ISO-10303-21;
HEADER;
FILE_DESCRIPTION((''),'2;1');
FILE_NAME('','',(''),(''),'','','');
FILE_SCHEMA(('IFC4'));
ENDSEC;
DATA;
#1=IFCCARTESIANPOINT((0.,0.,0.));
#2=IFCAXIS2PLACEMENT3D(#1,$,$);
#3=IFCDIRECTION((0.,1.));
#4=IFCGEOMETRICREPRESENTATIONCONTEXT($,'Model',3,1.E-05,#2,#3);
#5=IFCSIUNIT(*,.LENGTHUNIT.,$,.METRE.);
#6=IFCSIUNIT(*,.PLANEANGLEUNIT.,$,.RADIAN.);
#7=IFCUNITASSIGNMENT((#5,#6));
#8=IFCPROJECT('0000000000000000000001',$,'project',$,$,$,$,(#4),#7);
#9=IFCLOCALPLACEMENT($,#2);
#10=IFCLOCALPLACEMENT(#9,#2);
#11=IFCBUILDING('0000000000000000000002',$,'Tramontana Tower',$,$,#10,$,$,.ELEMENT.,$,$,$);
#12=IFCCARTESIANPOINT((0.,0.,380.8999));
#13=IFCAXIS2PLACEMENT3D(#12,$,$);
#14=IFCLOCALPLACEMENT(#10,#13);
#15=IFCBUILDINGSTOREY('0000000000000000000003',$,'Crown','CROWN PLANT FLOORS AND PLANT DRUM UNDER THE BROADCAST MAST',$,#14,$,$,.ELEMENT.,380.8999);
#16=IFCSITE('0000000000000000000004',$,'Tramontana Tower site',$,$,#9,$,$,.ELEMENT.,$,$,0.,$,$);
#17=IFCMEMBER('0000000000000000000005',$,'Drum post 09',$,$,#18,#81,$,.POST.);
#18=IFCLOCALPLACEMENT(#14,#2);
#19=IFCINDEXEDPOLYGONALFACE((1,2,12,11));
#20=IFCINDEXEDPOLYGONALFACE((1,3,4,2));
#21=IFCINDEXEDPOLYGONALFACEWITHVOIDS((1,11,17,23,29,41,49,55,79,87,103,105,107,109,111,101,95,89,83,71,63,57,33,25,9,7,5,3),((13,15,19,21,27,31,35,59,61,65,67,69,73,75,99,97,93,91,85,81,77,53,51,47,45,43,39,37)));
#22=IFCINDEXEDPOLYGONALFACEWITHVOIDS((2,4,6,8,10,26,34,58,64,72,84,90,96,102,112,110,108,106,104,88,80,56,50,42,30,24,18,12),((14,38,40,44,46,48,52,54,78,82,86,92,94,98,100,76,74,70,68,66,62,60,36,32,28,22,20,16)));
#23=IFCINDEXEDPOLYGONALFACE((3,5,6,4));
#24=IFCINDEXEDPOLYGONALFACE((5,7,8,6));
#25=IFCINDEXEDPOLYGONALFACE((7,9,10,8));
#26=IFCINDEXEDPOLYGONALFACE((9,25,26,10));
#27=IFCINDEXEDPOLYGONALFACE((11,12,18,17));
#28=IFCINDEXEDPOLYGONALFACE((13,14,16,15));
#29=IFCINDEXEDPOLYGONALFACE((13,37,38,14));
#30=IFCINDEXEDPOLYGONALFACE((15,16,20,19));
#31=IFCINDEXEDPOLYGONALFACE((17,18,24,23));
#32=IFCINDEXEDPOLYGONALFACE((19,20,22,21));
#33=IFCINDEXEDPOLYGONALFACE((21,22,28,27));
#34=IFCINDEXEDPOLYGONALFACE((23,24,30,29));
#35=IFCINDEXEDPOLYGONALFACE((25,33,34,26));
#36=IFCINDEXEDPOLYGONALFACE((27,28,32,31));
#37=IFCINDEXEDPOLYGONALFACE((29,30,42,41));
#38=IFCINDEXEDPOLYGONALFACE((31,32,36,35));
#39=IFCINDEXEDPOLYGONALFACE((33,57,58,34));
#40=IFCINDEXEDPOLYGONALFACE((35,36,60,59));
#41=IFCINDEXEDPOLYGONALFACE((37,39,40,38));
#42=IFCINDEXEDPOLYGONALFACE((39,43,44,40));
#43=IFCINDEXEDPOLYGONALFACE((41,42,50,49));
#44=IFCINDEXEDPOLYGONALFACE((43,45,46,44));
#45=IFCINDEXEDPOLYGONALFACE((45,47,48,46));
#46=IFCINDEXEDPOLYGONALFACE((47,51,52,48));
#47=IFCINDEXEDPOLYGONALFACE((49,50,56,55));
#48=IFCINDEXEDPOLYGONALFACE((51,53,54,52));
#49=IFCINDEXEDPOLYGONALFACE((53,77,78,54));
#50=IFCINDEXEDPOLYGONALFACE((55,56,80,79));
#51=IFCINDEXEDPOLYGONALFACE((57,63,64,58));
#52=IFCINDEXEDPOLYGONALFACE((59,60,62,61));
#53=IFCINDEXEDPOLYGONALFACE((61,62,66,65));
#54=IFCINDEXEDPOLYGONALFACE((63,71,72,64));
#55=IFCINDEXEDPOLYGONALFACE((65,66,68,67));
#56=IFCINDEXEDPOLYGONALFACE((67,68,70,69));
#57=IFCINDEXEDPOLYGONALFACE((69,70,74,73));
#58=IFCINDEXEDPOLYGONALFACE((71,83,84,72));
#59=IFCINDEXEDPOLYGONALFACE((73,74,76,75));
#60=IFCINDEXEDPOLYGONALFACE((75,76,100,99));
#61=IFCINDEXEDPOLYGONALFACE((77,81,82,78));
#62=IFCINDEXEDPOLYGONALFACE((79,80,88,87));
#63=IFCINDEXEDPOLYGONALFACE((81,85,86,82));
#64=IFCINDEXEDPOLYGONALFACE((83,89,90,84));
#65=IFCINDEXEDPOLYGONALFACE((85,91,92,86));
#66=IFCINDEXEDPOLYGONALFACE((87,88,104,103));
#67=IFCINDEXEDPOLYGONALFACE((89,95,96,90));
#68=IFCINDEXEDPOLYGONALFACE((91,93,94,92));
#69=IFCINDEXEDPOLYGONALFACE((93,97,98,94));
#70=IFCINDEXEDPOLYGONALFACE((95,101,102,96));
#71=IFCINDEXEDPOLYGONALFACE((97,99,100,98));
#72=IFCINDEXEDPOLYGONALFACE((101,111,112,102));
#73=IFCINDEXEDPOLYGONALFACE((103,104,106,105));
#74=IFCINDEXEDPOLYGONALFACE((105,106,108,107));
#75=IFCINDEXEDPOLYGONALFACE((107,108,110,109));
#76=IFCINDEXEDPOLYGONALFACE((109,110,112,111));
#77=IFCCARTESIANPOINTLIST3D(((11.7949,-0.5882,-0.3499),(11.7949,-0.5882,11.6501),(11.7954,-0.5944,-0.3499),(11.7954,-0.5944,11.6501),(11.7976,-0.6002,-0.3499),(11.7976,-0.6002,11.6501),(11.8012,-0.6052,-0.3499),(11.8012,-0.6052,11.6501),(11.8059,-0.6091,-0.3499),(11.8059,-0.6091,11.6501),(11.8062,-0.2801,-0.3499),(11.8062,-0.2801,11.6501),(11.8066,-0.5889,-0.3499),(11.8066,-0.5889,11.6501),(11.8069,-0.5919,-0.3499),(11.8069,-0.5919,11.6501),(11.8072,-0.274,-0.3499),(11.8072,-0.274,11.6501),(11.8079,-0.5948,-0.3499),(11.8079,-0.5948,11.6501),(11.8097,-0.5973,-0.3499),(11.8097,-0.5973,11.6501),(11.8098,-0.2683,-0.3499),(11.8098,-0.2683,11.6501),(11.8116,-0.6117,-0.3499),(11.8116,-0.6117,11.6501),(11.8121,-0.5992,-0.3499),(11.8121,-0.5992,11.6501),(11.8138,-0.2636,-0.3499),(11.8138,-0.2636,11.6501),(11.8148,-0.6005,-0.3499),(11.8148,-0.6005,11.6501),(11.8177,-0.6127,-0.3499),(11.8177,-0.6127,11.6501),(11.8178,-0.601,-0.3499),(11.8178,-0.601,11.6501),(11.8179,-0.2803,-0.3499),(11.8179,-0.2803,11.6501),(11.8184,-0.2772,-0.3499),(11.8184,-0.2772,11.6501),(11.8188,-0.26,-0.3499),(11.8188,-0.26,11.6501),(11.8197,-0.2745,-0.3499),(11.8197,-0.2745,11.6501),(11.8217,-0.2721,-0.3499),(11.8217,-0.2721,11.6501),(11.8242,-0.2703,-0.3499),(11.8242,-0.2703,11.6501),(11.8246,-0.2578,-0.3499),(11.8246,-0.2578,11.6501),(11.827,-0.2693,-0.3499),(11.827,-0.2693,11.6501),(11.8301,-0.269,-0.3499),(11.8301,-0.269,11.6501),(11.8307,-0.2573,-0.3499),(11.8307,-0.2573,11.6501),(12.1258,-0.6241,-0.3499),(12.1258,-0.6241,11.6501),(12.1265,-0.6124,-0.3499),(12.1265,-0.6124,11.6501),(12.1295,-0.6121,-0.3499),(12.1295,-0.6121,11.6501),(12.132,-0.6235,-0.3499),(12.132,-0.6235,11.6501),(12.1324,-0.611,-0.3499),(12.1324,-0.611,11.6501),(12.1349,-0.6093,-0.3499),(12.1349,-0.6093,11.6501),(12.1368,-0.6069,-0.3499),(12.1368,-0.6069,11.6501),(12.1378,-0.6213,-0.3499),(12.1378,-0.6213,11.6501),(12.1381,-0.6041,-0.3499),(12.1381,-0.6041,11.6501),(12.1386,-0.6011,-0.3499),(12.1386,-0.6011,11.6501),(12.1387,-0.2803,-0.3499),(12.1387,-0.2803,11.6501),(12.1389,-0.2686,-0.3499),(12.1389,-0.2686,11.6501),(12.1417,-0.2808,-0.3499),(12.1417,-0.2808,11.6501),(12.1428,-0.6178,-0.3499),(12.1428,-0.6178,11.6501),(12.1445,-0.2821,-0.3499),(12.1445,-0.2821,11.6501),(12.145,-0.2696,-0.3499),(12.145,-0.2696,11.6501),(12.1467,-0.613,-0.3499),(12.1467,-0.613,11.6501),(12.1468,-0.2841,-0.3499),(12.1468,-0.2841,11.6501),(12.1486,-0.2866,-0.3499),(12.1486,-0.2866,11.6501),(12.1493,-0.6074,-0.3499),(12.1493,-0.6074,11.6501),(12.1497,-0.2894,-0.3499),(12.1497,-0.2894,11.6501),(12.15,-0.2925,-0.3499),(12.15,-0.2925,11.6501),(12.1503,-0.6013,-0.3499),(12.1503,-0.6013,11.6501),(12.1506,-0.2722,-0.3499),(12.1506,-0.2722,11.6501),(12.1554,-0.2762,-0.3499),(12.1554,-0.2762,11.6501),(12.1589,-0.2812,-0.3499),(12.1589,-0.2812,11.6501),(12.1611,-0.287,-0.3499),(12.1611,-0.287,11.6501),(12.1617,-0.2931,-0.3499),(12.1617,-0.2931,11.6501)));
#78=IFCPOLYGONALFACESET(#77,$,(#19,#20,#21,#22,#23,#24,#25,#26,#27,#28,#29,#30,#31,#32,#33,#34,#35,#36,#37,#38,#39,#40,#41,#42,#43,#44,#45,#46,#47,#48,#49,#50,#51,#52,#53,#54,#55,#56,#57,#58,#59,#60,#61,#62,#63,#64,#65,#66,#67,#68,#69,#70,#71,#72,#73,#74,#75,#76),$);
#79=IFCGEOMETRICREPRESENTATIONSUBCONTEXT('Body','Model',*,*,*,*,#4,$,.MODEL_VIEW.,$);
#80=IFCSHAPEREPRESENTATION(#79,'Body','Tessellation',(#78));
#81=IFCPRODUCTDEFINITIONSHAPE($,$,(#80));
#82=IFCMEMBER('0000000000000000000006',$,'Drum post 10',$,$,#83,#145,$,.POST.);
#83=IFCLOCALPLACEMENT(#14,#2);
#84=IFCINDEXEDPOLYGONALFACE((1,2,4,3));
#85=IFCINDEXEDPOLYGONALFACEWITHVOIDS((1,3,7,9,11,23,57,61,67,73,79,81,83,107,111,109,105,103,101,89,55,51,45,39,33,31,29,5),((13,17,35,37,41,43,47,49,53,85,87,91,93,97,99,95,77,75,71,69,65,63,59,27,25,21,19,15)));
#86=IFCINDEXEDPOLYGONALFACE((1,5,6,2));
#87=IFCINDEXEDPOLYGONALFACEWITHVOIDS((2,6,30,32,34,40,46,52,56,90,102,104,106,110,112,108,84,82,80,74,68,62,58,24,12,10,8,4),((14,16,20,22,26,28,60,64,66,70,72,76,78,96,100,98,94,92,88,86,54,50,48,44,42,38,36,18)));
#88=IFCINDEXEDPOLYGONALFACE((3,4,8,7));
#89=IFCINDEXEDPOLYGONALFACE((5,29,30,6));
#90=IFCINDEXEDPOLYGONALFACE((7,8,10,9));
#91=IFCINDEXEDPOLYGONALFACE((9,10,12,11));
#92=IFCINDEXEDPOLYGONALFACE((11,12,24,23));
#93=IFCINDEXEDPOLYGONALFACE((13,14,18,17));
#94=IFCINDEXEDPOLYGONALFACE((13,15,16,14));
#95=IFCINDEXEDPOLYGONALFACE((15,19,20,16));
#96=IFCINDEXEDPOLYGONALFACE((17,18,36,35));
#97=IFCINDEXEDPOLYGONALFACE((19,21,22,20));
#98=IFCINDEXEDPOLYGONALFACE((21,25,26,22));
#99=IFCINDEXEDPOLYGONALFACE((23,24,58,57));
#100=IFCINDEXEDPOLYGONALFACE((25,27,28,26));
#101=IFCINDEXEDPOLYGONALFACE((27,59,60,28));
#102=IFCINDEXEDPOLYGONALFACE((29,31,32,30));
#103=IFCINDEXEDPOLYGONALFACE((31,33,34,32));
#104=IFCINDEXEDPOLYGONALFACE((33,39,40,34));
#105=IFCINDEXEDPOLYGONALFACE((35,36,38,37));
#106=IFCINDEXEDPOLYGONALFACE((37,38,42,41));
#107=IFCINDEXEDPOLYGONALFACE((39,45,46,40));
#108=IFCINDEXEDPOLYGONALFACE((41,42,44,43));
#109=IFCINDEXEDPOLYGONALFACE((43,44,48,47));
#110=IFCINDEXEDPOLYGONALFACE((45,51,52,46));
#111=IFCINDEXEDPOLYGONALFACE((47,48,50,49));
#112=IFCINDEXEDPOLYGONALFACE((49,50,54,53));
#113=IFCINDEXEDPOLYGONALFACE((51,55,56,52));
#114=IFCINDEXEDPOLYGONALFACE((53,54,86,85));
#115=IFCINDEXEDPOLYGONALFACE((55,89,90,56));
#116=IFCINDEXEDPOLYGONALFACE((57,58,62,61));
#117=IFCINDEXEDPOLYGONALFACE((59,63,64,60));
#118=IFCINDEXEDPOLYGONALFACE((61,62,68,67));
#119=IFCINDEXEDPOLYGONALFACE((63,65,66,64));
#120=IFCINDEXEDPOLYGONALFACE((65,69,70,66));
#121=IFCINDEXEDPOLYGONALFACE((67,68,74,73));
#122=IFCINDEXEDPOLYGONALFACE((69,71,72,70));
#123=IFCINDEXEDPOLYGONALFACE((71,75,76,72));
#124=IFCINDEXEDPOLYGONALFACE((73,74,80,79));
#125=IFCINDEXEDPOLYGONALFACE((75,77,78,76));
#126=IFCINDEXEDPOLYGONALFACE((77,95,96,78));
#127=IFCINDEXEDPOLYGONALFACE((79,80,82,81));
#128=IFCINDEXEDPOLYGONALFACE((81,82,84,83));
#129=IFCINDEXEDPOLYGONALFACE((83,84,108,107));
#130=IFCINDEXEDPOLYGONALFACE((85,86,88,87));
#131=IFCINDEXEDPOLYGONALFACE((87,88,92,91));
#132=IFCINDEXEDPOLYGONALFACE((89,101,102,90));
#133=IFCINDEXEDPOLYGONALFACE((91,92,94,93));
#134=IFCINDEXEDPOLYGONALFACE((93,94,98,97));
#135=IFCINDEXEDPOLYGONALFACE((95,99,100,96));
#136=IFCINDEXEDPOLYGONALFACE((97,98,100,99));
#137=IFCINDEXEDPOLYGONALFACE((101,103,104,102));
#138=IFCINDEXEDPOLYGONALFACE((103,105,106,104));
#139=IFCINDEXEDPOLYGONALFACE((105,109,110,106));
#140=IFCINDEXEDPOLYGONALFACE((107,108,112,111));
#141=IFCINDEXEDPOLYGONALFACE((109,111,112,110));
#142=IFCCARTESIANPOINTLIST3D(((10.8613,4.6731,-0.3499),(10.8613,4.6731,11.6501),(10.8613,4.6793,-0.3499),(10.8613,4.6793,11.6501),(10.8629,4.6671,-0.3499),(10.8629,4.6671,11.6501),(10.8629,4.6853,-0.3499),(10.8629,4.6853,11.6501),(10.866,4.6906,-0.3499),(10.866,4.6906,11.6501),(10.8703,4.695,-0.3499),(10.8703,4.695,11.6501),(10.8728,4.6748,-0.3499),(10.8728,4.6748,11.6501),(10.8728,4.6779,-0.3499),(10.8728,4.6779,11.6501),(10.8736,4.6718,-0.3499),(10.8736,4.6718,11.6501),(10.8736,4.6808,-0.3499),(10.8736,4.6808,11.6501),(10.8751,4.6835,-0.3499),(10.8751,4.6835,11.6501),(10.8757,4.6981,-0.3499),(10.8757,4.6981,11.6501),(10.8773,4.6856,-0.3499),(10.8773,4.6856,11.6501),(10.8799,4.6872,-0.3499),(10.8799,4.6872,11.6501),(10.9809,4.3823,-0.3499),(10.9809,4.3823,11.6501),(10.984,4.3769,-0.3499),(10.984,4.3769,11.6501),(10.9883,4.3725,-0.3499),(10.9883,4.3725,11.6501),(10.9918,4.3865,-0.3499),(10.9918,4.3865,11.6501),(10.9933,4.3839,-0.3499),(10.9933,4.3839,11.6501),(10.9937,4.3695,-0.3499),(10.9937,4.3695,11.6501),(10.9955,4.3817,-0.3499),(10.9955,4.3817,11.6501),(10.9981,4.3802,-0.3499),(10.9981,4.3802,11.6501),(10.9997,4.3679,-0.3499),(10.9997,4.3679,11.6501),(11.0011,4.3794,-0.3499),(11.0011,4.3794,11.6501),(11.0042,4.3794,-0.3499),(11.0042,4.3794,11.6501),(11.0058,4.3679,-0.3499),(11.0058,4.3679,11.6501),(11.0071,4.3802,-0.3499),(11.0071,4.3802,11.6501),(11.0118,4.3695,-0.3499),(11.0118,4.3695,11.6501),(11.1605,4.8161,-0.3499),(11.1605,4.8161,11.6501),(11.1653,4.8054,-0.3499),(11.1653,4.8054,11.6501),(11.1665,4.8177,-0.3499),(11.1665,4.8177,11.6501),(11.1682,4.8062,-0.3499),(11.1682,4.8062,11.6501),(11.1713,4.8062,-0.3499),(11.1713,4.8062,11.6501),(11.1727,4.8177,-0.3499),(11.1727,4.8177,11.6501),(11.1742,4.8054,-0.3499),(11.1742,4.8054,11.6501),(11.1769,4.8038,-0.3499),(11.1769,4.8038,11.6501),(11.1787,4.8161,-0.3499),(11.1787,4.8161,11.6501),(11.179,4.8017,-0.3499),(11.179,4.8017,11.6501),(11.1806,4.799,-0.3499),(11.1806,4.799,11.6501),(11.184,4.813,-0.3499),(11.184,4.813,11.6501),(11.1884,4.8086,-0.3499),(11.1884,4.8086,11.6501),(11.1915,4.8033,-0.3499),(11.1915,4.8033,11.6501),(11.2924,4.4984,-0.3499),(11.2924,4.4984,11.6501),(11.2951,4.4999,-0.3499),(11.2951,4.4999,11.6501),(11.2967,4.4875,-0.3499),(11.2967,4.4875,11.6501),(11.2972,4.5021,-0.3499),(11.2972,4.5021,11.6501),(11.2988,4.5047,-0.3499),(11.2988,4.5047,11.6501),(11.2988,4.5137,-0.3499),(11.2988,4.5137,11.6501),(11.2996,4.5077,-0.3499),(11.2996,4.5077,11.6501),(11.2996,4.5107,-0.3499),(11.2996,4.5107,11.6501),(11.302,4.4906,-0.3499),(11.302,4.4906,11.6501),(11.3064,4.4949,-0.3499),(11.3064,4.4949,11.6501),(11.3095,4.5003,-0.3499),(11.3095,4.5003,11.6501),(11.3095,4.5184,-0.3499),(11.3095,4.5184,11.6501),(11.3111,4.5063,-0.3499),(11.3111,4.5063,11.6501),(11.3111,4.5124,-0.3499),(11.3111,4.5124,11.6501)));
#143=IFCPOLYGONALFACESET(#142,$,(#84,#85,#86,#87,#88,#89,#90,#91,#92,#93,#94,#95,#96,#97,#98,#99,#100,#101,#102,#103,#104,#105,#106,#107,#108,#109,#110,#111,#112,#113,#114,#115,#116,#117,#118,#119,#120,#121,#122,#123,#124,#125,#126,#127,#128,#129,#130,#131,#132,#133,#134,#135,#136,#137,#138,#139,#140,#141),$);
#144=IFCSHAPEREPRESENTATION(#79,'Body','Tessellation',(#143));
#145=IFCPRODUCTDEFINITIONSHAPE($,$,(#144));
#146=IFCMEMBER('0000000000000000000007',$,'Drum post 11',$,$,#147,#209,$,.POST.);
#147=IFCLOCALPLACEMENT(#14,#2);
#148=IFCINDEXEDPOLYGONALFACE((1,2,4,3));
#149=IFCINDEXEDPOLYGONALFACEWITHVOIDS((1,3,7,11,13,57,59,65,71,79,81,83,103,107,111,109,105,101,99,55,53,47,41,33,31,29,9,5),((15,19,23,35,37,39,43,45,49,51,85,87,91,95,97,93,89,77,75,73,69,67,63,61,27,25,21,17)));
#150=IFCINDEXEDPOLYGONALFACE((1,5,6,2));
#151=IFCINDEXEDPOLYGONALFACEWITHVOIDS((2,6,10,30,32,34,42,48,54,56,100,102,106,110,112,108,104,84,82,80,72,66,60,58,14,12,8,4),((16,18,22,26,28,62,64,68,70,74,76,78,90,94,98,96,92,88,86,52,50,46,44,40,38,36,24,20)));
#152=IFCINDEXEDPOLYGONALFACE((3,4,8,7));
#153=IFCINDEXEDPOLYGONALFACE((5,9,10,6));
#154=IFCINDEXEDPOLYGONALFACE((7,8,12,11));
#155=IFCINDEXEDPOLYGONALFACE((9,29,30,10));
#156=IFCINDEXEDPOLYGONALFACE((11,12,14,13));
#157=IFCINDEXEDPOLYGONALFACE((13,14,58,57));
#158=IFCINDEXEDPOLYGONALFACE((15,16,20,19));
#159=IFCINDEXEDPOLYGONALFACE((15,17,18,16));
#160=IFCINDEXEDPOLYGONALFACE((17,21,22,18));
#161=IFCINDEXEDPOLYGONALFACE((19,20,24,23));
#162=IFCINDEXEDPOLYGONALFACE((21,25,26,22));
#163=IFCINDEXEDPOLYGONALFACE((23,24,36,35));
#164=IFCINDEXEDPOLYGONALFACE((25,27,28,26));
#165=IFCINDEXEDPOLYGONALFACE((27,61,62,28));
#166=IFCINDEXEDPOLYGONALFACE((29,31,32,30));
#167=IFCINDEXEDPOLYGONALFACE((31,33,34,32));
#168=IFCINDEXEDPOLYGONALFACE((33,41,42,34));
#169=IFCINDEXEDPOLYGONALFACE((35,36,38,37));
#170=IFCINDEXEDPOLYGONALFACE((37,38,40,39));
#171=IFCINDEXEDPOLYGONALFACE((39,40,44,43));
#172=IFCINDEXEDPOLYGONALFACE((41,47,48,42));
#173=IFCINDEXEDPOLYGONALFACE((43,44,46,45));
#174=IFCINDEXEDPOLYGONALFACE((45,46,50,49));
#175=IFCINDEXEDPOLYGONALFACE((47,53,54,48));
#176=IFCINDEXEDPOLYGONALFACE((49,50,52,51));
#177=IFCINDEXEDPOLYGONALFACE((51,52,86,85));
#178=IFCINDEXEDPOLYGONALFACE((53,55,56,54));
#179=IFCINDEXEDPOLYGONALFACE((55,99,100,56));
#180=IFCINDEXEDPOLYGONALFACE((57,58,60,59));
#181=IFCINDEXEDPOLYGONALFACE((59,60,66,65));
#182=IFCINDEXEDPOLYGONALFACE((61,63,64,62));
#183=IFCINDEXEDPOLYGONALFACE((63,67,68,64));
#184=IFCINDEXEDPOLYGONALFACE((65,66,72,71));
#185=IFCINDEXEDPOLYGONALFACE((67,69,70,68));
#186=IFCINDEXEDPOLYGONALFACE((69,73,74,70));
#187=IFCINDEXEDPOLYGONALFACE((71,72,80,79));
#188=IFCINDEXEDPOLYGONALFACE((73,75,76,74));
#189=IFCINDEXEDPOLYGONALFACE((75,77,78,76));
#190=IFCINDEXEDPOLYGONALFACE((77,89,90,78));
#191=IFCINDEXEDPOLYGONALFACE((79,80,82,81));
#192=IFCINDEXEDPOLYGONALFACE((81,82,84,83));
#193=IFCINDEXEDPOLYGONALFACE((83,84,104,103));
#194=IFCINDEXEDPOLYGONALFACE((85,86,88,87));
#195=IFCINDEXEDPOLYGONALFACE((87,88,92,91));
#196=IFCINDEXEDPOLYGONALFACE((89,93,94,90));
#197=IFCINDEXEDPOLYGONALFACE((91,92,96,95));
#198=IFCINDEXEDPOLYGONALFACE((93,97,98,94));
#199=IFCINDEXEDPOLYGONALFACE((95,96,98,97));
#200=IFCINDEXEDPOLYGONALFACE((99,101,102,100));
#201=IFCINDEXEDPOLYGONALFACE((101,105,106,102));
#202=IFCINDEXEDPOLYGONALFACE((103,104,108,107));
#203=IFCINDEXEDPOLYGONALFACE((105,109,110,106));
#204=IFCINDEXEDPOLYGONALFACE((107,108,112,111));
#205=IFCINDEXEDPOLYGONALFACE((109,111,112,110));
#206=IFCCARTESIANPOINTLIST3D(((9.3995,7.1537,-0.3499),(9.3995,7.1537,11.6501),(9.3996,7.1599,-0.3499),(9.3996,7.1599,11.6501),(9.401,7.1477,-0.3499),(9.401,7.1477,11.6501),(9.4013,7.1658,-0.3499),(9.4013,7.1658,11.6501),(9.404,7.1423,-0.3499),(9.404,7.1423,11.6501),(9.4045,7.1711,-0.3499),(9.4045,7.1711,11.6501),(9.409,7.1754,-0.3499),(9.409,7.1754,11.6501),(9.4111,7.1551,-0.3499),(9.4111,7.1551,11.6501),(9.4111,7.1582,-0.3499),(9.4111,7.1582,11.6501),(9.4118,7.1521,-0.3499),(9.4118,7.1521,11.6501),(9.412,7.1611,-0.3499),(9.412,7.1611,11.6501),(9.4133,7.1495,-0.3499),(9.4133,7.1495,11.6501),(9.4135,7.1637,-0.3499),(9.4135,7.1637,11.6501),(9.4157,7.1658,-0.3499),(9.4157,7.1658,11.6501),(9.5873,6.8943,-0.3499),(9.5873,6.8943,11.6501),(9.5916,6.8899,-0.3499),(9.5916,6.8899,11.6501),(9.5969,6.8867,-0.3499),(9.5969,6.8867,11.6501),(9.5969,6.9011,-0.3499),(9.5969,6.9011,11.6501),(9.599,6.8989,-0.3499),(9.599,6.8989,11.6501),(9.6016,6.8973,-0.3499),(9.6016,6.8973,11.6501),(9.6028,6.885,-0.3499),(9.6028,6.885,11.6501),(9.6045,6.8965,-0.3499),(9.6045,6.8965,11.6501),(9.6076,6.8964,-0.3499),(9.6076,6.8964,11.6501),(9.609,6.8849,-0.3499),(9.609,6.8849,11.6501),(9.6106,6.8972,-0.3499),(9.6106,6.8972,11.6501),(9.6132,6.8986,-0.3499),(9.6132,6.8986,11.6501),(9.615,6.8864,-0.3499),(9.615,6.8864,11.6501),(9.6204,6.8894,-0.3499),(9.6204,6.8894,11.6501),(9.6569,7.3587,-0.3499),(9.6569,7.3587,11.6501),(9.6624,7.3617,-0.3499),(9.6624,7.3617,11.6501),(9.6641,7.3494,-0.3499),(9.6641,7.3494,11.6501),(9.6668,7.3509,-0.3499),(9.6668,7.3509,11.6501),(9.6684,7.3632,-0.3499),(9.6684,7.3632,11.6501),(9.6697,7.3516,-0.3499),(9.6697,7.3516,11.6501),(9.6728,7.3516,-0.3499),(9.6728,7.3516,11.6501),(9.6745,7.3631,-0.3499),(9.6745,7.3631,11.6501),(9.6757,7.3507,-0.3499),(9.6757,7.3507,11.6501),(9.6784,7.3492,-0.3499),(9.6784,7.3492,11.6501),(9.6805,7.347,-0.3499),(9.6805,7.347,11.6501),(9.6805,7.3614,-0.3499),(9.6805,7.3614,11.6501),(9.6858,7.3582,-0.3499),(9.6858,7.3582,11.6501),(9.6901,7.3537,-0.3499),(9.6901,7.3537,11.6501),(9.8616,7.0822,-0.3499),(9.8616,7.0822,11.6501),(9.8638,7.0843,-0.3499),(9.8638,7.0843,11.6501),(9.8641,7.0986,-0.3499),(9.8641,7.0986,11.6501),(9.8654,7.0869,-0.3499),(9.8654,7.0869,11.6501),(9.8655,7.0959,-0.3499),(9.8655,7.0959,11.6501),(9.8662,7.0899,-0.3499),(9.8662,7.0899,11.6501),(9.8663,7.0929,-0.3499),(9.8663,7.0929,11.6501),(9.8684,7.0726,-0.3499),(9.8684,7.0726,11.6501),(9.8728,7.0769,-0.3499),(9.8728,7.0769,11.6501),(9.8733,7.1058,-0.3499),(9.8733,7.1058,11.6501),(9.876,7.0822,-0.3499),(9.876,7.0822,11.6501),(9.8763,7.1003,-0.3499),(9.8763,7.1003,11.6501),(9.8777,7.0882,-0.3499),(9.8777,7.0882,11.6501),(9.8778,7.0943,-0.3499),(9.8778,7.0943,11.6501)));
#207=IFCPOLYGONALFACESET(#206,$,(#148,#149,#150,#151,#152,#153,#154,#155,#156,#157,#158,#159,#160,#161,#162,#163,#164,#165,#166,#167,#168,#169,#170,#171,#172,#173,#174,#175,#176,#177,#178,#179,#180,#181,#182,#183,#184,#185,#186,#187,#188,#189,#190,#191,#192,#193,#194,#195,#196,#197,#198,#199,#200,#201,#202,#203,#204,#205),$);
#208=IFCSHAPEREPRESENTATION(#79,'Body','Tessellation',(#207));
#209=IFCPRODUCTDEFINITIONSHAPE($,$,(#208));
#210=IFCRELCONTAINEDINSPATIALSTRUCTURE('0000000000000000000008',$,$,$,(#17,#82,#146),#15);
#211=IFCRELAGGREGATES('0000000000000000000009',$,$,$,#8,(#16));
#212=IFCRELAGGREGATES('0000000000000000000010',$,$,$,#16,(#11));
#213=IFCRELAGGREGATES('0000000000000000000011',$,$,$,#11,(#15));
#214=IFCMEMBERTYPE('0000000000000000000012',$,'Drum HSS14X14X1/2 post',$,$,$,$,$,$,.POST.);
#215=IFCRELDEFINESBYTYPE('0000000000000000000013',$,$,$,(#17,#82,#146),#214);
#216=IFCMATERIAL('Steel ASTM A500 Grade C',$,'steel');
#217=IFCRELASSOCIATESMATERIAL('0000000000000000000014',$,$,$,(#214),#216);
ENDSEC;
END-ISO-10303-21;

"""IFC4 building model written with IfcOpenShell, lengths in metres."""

from ifc_helpers import new_model, si_unit, direction, frame, origin, origin_2d, place, context, subcontext, project, spatial, hollow_rectangle, extrude, material, material_profile, profile_set, type_object, element, save


model = new_model("IFC4")

# Units and contexts
model_context = context("Model", 3, precision=1e-05, world=origin(), true_north=direction((0.0, 1.0)))
body_context = subcontext(model_context, "Body", "Model", "MODEL_VIEW")
ifc_project = project(units=[si_unit("LENGTHUNIT", "METRE"), si_unit("PLANEANGLEUNIT", "RADIAN")], contexts=[model_context])

# Site, building, storey
site_placement = place(None, origin())
site = spatial("IfcSite", under=ifc_project, at=site_placement, Name="Tramontana Tower site", CompositionType="ELEMENT", RefElevation=0.0)
building_placement = place(site_placement, origin())
building = spatial("IfcBuilding", under=site, at=building_placement, Name="Tramontana Tower", CompositionType="ELEMENT")
storey_placement = place(building_placement, frame((0.0, 0.0, 380.8999)))
storey = spatial("IfcBuildingStorey", under=building, at=storey_placement, Name="Crown", Description="CROWN PLANT FLOORS AND PLANT DRUM UNDER THE BROADCAST MAST", CompositionType="ELEMENT", Elevation=380.8999)

# Members
ifc_material_1 = material(Name="Steel ASTM A500 Grade C", Category="steel")
ifc_material_profile_1 = material_profile(ifc_material_1, hollow_rectangle(XDim=0.3557, YDim=0.3557, WallThickness=0.0117, InnerFilletRadius=0.0117, OuterFilletRadius=0.0237, at=origin_2d()), Name="HSS14X14X1/2")
ifc_profile_set_1 = profile_set([ifc_material_profile_1], Name="Steel ASTM A500 Grade C")
member_type = type_object("IfcMemberType", Name="Drum HSS14X14X1/2 post", PredefinedType="POST", material=ifc_profile_set_1)
for number, where, z_axis, x_axis, name in (
    (1, (11.9783, -0.4407, -0.3499), (0.0, 0.0, 1.0), (0.999324, -0.03677, 0.0), "Drum post 09"),
    (2, (11.0862, 4.5928, -0.3499), (0.0, 0.0, 1.0), (0.923862, 0.382727, 0.0), "Drum post 10"),
    (3, (9.6387, 7.124, -0.3499), (0.0, 0.0, 1.0), (0.804184, 0.594381, 0.0), "Drum post 11"),
):
    element("IfcMember", number, at=place(storey_placement, frame(where, z_axis=z_axis, x_axis=x_axis)), inside=storey, type_object=member_type, Name=name, PredefinedType="POST", context=body_context, shape_type="SweptSolid", body=[
        extrude(hollow_rectangle(XDim=0.3557, YDim=0.3557, WallThickness=0.0117, InnerFilletRadius=0.0117, OuterFilletRadius=0.0237, at=origin_2d()), origin(), (0.0, 0.0, 1.0), 12.0),
    ])

save(model, "model.ifc")
